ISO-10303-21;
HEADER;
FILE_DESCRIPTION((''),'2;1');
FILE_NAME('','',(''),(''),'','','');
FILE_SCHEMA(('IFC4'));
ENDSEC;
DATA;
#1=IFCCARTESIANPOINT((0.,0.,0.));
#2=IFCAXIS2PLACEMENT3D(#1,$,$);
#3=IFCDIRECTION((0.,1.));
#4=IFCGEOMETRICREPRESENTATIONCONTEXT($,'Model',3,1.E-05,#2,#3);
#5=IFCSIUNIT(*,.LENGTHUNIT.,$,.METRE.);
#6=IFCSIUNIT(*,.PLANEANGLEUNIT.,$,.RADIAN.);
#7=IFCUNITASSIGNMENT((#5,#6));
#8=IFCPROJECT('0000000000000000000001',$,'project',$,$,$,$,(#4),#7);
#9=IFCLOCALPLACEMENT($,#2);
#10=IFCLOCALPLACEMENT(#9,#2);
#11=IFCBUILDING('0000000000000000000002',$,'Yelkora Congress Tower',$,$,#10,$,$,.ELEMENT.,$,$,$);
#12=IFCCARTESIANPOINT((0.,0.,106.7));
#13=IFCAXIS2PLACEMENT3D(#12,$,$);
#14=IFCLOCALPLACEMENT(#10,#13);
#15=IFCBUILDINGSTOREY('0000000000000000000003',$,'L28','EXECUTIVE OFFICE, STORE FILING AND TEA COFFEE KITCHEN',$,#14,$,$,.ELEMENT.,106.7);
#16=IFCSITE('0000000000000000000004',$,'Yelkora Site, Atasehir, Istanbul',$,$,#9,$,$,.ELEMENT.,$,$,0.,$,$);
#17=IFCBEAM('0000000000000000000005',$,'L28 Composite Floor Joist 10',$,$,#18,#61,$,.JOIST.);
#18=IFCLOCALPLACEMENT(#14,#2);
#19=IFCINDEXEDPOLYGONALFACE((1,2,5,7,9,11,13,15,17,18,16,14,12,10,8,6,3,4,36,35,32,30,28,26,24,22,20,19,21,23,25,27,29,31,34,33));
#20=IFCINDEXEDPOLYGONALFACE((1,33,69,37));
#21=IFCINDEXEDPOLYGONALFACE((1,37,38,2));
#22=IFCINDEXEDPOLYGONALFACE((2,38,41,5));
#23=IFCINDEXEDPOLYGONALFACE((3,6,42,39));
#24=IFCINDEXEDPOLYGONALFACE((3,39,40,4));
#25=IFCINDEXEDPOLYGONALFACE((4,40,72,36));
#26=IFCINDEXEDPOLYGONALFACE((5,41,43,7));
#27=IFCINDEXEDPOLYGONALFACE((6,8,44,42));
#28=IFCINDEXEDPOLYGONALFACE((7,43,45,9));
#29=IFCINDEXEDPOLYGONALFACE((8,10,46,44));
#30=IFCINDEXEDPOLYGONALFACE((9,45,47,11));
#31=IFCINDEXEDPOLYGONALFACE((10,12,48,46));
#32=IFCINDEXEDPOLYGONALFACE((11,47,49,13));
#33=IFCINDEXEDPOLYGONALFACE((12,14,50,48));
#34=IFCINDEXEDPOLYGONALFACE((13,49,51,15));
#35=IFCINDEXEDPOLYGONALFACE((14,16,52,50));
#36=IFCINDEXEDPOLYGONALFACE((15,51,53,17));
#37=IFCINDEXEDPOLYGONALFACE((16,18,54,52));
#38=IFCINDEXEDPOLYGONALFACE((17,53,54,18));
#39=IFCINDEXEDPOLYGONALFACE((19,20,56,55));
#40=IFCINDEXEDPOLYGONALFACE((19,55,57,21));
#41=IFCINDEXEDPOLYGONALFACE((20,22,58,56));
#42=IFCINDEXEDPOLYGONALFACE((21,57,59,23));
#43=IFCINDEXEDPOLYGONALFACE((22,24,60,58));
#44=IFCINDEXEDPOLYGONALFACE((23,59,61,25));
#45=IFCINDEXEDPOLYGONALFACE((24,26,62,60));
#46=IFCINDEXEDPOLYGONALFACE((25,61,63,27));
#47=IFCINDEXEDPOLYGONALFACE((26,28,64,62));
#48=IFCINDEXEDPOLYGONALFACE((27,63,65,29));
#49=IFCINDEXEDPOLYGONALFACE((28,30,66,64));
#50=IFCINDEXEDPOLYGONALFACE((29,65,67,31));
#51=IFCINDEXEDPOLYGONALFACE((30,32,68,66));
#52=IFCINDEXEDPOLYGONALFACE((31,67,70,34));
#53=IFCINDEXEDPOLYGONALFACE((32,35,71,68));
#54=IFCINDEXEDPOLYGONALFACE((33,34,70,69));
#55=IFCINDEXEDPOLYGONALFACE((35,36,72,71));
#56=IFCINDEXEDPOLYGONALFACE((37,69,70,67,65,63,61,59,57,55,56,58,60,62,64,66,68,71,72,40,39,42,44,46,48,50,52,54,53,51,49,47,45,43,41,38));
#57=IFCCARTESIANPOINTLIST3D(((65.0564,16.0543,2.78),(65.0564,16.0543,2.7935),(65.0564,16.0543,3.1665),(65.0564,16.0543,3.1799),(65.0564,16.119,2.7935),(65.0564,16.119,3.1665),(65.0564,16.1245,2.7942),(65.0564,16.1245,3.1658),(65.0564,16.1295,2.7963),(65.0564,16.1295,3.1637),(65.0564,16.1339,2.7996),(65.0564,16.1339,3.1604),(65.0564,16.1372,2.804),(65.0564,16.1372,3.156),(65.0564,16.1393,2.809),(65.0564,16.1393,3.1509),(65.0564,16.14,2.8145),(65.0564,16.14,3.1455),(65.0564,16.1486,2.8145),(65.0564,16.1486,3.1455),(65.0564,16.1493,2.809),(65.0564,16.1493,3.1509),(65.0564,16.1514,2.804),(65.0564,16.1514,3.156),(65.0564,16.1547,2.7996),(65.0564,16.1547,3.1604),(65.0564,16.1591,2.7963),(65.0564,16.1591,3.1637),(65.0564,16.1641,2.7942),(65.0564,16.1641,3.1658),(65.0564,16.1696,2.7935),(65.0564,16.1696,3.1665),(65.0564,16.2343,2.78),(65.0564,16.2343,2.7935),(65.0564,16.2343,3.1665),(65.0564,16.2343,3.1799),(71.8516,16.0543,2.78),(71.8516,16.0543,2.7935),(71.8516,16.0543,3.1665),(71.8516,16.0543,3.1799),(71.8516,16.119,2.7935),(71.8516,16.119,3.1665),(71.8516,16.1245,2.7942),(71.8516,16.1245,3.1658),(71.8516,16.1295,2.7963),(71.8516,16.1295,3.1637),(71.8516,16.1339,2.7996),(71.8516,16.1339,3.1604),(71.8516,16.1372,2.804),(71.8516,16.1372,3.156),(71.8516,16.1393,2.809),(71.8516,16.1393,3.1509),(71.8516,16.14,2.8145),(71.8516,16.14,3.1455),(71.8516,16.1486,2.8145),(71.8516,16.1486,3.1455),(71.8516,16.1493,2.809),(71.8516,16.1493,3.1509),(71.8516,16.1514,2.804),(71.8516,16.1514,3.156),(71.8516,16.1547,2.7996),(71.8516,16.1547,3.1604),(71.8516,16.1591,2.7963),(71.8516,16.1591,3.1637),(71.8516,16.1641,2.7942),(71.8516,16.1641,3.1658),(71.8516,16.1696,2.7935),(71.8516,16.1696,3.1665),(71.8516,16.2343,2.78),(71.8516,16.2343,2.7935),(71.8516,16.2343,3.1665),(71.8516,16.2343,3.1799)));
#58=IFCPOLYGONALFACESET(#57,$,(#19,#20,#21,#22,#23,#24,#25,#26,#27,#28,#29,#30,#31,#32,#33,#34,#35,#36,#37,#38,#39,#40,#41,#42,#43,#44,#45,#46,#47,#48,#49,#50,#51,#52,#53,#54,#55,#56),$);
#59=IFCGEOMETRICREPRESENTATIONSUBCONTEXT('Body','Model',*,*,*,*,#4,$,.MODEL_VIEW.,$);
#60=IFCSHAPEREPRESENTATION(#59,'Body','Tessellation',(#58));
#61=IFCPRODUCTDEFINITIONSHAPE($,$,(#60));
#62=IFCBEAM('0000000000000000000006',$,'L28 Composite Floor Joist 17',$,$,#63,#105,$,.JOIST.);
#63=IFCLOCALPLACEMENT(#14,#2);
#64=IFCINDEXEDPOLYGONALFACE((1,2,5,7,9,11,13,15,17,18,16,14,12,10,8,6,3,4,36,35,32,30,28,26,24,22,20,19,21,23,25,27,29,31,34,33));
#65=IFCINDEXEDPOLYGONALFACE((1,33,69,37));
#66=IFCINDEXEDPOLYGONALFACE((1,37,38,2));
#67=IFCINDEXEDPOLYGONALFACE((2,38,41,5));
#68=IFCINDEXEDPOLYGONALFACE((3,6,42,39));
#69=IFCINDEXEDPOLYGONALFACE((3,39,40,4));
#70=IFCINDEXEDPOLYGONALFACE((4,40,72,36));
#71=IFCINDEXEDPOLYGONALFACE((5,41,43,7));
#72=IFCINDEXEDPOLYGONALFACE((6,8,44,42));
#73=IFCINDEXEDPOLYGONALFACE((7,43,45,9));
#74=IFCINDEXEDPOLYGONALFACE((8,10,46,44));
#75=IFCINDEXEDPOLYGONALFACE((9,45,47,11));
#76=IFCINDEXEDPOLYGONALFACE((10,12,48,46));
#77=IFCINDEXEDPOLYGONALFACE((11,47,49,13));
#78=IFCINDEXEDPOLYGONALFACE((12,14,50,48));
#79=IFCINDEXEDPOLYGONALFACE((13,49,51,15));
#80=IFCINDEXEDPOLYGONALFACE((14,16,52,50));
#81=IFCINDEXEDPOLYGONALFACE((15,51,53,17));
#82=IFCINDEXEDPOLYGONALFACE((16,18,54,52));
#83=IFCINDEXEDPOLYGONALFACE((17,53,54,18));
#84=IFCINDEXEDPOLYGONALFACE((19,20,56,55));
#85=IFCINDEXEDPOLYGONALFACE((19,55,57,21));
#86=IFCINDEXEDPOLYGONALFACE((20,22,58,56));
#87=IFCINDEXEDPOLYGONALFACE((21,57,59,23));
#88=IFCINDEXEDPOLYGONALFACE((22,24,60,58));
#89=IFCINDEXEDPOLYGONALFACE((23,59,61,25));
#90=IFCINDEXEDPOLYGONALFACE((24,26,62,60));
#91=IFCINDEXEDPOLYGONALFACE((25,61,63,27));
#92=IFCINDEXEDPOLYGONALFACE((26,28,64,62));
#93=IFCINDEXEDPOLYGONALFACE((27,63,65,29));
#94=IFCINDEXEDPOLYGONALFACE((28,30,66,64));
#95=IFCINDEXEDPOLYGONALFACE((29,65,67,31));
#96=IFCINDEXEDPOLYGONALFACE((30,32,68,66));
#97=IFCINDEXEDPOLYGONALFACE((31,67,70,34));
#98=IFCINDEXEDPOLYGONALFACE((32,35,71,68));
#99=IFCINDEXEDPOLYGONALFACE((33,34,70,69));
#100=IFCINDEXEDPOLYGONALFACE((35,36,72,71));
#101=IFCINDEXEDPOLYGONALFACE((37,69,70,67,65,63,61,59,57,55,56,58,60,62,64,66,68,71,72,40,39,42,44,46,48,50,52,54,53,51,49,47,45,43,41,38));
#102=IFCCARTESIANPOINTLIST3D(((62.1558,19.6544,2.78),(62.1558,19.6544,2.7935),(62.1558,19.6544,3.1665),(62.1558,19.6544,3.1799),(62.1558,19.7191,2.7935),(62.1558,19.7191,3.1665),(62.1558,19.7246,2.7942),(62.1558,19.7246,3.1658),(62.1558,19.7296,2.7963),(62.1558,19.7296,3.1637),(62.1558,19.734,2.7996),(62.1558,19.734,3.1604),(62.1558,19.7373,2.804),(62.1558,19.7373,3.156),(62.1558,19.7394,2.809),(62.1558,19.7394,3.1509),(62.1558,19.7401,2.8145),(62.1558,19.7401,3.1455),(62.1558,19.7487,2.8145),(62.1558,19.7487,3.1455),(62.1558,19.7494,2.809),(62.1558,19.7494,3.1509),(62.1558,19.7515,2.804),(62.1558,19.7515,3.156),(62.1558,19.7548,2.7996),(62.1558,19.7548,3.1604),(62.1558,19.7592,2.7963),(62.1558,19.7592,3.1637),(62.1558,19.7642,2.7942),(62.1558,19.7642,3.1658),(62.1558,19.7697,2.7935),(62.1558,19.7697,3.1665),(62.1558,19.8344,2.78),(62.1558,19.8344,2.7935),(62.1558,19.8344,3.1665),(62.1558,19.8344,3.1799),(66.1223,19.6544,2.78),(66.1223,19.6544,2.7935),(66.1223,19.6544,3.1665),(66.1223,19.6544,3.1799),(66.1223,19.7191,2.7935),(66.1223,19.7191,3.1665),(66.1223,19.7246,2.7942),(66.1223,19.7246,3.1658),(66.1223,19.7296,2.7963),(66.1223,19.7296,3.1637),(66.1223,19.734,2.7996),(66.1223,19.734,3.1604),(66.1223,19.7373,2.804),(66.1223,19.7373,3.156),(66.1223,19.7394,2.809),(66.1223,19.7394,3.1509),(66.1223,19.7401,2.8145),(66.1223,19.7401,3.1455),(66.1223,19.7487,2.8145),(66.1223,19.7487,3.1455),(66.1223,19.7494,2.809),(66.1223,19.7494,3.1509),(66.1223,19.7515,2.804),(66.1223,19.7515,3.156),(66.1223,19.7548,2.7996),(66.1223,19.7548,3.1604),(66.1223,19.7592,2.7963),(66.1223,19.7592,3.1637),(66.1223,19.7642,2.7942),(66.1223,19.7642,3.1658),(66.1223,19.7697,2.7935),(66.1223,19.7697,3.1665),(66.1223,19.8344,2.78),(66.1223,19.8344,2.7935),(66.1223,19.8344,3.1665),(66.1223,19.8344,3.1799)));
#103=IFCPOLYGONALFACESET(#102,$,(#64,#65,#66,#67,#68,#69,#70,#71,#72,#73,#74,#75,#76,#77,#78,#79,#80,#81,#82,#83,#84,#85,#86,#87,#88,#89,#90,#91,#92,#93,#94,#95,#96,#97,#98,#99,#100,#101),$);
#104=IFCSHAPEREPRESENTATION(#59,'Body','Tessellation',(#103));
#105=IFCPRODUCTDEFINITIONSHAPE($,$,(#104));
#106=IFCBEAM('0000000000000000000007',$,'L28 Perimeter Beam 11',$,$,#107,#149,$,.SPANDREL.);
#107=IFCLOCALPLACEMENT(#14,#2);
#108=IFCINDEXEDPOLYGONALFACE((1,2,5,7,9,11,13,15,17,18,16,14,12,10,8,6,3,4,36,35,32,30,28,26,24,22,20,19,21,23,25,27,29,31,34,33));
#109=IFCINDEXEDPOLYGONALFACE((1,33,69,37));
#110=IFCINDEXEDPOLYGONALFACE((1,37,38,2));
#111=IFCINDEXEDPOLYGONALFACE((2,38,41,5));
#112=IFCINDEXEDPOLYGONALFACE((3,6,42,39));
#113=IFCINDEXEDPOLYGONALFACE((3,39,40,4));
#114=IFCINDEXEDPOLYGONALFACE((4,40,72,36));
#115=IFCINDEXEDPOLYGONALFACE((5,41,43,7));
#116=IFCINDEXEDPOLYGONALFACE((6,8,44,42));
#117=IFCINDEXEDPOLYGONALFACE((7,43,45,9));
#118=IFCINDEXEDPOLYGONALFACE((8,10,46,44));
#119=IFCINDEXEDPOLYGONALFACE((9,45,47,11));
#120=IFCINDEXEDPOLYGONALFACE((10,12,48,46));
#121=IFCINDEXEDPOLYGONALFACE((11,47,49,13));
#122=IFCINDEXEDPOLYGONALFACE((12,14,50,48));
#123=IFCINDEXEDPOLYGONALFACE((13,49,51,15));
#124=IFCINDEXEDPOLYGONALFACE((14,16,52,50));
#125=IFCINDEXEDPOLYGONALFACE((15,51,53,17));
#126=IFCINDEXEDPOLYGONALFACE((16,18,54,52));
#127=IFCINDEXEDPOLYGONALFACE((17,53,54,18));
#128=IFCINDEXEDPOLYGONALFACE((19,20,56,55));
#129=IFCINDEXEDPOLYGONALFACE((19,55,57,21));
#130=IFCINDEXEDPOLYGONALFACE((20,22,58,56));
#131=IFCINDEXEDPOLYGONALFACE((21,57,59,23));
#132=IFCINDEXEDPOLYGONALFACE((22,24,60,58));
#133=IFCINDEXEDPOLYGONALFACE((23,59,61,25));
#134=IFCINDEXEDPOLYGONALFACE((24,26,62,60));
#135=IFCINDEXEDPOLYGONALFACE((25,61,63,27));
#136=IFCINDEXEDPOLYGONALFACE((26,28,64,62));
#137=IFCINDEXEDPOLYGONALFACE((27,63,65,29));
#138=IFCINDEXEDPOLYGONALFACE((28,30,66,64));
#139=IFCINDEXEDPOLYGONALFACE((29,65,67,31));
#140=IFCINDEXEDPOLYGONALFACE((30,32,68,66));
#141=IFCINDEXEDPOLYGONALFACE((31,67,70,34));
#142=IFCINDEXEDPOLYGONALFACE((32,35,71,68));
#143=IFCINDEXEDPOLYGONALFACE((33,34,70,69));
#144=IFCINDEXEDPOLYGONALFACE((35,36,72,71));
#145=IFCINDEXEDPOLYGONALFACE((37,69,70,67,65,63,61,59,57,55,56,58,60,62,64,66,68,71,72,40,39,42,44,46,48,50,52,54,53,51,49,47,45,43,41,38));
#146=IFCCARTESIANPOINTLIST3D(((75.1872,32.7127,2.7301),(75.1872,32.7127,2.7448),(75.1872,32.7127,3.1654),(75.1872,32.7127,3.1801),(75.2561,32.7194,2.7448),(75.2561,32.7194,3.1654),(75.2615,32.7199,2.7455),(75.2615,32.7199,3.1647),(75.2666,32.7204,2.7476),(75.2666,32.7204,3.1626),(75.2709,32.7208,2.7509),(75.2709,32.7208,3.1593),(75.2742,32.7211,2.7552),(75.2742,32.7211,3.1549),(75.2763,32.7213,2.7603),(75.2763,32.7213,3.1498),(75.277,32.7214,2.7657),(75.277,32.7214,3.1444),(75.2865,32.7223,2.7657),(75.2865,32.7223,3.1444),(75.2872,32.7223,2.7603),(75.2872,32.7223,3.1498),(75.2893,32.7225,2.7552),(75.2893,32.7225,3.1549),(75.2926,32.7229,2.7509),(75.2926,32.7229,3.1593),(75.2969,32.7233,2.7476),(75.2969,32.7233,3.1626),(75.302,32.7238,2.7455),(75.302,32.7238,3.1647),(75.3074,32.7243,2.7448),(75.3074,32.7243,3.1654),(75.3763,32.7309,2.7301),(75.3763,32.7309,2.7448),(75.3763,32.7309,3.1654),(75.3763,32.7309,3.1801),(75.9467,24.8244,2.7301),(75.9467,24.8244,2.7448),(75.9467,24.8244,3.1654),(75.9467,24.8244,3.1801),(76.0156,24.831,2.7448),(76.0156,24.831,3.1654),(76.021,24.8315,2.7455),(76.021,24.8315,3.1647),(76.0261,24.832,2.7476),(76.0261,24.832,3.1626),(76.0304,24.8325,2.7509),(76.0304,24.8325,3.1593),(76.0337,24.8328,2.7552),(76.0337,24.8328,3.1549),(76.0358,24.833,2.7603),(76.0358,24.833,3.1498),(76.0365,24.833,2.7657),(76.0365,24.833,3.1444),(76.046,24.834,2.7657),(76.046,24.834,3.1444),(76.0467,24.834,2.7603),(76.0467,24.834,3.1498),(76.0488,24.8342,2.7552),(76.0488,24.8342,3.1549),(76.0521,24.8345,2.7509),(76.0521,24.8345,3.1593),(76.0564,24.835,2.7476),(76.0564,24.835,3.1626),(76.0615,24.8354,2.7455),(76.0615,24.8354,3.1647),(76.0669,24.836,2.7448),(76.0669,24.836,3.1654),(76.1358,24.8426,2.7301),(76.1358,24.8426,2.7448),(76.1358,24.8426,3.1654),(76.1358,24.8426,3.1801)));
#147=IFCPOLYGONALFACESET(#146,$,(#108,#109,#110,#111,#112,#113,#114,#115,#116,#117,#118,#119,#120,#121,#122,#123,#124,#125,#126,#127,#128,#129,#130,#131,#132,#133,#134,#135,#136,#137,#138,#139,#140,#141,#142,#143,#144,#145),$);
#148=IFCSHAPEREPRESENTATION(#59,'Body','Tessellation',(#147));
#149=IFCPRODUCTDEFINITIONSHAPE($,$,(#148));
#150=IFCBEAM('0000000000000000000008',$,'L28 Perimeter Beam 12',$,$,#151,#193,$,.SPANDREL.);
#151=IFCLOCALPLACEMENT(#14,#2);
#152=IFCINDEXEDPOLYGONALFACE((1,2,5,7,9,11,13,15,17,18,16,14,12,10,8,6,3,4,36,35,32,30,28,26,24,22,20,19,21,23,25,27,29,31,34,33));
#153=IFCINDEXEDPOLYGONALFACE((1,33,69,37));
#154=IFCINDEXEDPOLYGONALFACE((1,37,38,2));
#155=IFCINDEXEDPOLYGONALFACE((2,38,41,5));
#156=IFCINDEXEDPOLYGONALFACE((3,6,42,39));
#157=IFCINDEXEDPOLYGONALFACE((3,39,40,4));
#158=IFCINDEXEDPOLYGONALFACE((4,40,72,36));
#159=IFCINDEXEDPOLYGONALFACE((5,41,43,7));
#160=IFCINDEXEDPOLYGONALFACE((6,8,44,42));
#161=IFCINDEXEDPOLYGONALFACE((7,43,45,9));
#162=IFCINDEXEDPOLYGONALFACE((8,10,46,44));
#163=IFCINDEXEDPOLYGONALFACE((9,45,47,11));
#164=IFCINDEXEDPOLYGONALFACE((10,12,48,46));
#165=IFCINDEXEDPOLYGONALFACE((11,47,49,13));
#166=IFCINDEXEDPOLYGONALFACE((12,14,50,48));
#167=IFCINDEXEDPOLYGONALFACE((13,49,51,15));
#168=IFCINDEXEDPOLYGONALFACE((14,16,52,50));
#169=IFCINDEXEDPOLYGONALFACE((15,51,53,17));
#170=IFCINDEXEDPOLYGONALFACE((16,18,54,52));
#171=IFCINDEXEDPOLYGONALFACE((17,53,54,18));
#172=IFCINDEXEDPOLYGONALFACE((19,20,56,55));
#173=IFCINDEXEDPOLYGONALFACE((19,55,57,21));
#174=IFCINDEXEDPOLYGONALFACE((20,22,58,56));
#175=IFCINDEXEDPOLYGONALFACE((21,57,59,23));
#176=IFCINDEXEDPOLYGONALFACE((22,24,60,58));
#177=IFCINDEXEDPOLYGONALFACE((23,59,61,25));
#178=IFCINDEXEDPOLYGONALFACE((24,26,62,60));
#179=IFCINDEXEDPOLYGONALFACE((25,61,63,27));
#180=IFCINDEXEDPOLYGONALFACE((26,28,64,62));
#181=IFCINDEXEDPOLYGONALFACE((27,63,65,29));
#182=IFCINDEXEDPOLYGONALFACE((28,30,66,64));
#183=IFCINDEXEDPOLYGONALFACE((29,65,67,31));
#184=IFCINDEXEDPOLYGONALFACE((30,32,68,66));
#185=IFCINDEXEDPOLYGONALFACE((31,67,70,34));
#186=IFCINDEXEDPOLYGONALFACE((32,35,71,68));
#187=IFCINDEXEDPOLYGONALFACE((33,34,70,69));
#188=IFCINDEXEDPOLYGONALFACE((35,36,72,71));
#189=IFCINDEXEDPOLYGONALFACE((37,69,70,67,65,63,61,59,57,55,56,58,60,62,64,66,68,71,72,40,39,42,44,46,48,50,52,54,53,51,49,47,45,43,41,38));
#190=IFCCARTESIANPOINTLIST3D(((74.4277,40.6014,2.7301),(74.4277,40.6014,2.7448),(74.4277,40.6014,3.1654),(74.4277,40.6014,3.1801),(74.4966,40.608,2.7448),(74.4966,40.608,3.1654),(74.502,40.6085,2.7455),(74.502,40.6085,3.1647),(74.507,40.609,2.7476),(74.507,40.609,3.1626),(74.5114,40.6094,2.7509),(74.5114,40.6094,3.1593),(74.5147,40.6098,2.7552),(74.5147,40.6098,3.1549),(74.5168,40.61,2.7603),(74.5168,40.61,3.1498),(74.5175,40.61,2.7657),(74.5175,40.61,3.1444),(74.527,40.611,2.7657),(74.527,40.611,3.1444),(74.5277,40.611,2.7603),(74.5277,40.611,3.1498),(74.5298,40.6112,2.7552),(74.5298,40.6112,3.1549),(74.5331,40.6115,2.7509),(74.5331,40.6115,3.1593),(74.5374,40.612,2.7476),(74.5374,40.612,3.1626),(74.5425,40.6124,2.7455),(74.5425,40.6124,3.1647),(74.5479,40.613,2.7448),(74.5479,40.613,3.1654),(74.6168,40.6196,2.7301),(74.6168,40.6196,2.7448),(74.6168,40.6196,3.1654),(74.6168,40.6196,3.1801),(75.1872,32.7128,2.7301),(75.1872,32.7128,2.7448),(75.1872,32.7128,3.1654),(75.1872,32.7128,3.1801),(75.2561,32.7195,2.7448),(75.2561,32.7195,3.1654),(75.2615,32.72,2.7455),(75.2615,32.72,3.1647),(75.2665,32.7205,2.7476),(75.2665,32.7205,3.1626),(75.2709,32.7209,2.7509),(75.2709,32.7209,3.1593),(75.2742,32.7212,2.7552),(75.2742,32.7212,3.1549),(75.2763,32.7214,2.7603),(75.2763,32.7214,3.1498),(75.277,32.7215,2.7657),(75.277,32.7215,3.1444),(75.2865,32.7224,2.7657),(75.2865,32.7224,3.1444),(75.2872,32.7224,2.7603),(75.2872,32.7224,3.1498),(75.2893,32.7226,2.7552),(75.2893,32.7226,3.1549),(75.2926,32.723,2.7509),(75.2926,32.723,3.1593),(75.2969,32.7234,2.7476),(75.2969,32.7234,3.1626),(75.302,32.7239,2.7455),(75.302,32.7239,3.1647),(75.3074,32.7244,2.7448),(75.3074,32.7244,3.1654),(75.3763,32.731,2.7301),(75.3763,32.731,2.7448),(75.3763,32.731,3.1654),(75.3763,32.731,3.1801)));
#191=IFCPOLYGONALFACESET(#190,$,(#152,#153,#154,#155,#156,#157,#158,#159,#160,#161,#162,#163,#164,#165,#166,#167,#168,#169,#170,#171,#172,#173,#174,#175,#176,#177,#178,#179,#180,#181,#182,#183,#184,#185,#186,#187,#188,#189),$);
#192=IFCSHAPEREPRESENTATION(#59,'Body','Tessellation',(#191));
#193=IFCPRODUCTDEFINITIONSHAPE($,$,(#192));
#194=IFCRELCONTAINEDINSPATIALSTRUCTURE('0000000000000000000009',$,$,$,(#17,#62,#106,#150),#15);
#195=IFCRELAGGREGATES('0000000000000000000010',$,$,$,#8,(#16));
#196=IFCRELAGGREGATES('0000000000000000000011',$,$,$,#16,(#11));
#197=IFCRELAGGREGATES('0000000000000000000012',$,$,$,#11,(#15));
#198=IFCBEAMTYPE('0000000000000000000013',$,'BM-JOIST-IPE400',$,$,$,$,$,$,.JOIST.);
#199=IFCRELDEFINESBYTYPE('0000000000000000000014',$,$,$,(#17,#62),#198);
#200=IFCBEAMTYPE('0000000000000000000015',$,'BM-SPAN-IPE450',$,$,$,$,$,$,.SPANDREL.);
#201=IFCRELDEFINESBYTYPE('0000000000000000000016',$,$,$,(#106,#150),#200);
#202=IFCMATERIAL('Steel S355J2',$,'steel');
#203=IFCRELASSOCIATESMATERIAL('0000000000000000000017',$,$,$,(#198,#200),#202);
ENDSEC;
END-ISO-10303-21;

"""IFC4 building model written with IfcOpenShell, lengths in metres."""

from ifc_helpers import new_model, si_unit, direction, frame, origin, origin_2d, place, context, subcontext, project, spatial, i_section, extrude, material, material_profile, profile_set, type_object, element, save


model = new_model("IFC4")

# Units and contexts
model_context = context("Model", 3, precision=1e-05, world=origin(), true_north=direction((0.0, 1.0)))
body_context = subcontext(model_context, "Body", "Model", "MODEL_VIEW")
ifc_project = project(units=[si_unit("LENGTHUNIT", "METRE"), si_unit("PLANEANGLEUNIT", "RADIAN")], contexts=[model_context])

# Site, building, storey
site_placement = place(None, origin())
site = spatial("IfcSite", under=ifc_project, at=site_placement, Name="Yelkora Site, Atasehir, Istanbul", CompositionType="ELEMENT", RefElevation=0.0)
building_placement = place(site_placement, origin())
building = spatial("IfcBuilding", under=site, at=building_placement, Name="Yelkora Congress Tower", CompositionType="ELEMENT")
storey_placement = place(building_placement, frame((0.0, 0.0, 106.7)))
storey = spatial("IfcBuildingStorey", under=building, at=storey_placement, Name="L28", Description="EXECUTIVE OFFICE, STORE FILING AND TEA COFFEE KITCHEN", CompositionType="ELEMENT", Elevation=106.7)

# Beams
ifc_material_1 = material(Name="Steel S355J2", Category="steel")
ifc_material_profile_1 = material_profile(ifc_material_1, i_section(OverallWidth=0.1799, OverallDepth=0.3999, WebThickness=0.0085, FlangeThickness=0.0134, FilletRadius=0.021, at=origin_2d()), Name="IPE 400")
ifc_profile_set_1 = profile_set([ifc_material_profile_1], Name="Steel S355J2")
beam_type_1 = type_object("IfcBeamType", Name="BM-JOIST-IPE400", PredefinedType="JOIST", material=ifc_profile_set_1)
beam_1_placement = place(storey_placement, frame((65.0564, 16.1443, 2.98), z_axis=(1.0, 0.0, 0.0), x_axis=(0.0, 1.0, 0.0)))
element("IfcBeam", 1, at=beam_1_placement, inside=storey, type_object=beam_type_1, Name="L28 Composite Floor Joist 10", PredefinedType="JOIST", context=body_context, shape_type="SweptSolid", body=[
    extrude(i_section(OverallWidth=0.1799, OverallDepth=0.3999, WebThickness=0.0085, FlangeThickness=0.0134, FilletRadius=0.021, at=origin_2d()), origin(), (0.0, 0.0, 1.0), 6.7952),
])
beam_2_placement = place(storey_placement, frame((62.1558, 19.7444, 2.98), z_axis=(1.0, 0.0, 0.0), x_axis=(0.0, 1.0, 0.0)))
element("IfcBeam", 2, at=beam_2_placement, inside=storey, type_object=beam_type_1, Name="L28 Composite Floor Joist 17", PredefinedType="JOIST", context=body_context, shape_type="SweptSolid", body=[
    extrude(i_section(OverallWidth=0.1799, OverallDepth=0.3999, WebThickness=0.0085, FlangeThickness=0.0134, FilletRadius=0.021, at=origin_2d()), origin(), (0.0, 0.0, 1.0), 3.9666),
])
ifc_material_profile_2 = material_profile(ifc_material_1, i_section(OverallWidth=0.1899, OverallDepth=0.45, WebThickness=0.0095, FlangeThickness=0.0146, FilletRadius=0.021, at=origin_2d()), Name="IPE 450")
ifc_profile_set_2 = profile_set([ifc_material_profile_2], Name="Steel S355J2")
beam_type_2 = type_object("IfcBeamType", Name="BM-SPAN-IPE450", PredefinedType="SPANDREL", material=ifc_profile_set_2)
beam_3_placement = place(storey_placement, frame((76.0413, 24.8335, 2.9551), z_axis=(-0.09584, 0.995397, 0.0), x_axis=(-0.995397, -0.09584, 0.0)))
element("IfcBeam", 3, at=beam_3_placement, inside=storey, type_object=beam_type_2, Name="L28 Perimeter Beam 11", PredefinedType="SPANDREL", context=body_context, shape_type="SweptSolid", body=[
    extrude(i_section(OverallWidth=0.1899, OverallDepth=0.45, WebThickness=0.0095, FlangeThickness=0.0146, FilletRadius=0.021, at=origin_2d()), origin(), (0.0, 0.0, 1.0), 7.9248),
])
beam_4_placement = place(storey_placement, frame((75.2817, 32.7219, 2.9551), z_axis=(-0.095837, 0.995397, 0.0), x_axis=(-0.995397, -0.095837, 0.0)))
element("IfcBeam", 4, at=beam_4_placement, inside=storey, type_object=beam_type_2, Name="L28 Perimeter Beam 12", PredefinedType="SPANDREL", context=body_context, shape_type="SweptSolid", body=[
    extrude(i_section(OverallWidth=0.1899, OverallDepth=0.45, WebThickness=0.0095, FlangeThickness=0.0146, FilletRadius=0.021, at=origin_2d()), origin(), (0.0, 0.0, 1.0), 7.925),
])

save(model, "model.ifc")
